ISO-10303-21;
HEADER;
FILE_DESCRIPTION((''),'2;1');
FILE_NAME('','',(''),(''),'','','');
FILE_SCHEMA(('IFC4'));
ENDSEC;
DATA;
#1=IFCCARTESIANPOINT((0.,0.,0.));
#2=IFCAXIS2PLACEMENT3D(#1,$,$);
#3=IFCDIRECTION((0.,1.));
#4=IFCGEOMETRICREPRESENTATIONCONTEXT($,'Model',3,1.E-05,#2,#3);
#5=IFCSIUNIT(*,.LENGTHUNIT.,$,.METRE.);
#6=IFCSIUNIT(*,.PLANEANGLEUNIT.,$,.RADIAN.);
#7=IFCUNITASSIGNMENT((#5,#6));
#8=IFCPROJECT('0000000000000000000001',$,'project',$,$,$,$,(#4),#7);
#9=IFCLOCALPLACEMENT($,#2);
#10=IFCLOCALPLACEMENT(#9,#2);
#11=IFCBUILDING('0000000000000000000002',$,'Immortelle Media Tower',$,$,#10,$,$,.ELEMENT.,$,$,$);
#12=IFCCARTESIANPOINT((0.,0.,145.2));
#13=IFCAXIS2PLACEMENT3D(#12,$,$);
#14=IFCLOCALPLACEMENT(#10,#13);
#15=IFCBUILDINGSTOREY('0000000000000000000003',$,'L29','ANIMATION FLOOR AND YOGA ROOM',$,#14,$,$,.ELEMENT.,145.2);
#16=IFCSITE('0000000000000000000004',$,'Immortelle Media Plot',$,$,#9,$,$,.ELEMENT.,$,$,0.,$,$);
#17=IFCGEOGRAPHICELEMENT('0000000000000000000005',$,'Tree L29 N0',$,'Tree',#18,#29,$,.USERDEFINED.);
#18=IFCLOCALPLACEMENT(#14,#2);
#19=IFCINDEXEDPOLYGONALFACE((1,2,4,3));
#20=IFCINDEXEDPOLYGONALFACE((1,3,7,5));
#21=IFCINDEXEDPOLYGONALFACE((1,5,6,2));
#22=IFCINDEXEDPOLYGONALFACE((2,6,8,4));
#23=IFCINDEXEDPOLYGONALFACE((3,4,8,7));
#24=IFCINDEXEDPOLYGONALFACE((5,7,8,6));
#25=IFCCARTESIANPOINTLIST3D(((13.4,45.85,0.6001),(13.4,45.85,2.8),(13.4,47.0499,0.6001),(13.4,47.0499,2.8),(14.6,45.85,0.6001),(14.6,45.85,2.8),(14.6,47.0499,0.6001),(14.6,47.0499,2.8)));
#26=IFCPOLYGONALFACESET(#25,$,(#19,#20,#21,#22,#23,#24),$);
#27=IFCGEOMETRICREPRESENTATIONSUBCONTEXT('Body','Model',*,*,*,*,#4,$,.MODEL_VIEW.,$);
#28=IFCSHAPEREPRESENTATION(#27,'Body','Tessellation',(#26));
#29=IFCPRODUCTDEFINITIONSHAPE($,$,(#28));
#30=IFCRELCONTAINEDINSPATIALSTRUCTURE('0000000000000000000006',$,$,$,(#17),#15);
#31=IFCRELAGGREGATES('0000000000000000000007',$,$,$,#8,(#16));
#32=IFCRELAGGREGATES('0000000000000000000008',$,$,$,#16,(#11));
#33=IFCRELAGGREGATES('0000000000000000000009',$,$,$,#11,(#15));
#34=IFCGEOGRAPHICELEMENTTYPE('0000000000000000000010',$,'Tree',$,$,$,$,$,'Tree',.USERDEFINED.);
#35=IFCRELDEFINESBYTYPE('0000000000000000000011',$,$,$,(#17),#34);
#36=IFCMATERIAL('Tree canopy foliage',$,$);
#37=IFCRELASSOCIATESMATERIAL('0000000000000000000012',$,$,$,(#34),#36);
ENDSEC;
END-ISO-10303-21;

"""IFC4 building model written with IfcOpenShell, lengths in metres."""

from ifc_helpers import new_model, si_unit, direction, frame, origin, origin_2d, place, context, subcontext, project, spatial, rectangle, extrude, material, type_object, element, save


model = new_model("IFC4")

# Units and contexts
model_context = context("Model", 3, precision=1e-05, world=origin(), true_north=direction((0.0, 1.0)))
body_context = subcontext(model_context, "Body", "Model", "MODEL_VIEW")
ifc_project = project(units=[si_unit("LENGTHUNIT", "METRE"), si_unit("PLANEANGLEUNIT", "RADIAN")], contexts=[model_context])

# Site, building, storey
site_placement = place(None, origin())
site = spatial("IfcSite", under=ifc_project, at=site_placement, Name="Immortelle Media Plot", CompositionType="ELEMENT", RefElevation=0.0)
building_placement = place(site_placement, origin())
building = spatial("IfcBuilding", under=site, at=building_placement, Name="Immortelle Media Tower", CompositionType="ELEMENT")
storey_placement = place(building_placement, frame((0.0, 0.0, 145.2)))
storey = spatial("IfcBuildingStorey", under=building, at=storey_placement, Name="L29", Description="ANIMATION FLOOR AND YOGA ROOM", CompositionType="ELEMENT", Elevation=145.2)

# Geographic element
ifc_material_1 = material(Name="Tree canopy foliage")
geographic_element_type = type_object("IfcGeographicElementType", Name="Tree", ElementType="Tree", PredefinedType="USERDEFINED", material=ifc_material_1)
geographic_element_placement = place(storey_placement, frame((14.0, 46.45, 0.6001), z_axis=(0.0, 0.0, 1.0), x_axis=(1.0, 0.0, 0.0)))
element("IfcGeographicElement", 1, at=geographic_element_placement, inside=storey, type_object=geographic_element_type, Name="Tree L29 N0", ObjectType="Tree", PredefinedType="USERDEFINED", context=body_context, shape_type="SweptSolid", body=[
    extrude(rectangle(XDim=1.2, YDim=1.2, at=origin_2d()), origin(), (0.0, 0.0, 1.0), 2.2),
])

save(model, "model.ifc")
